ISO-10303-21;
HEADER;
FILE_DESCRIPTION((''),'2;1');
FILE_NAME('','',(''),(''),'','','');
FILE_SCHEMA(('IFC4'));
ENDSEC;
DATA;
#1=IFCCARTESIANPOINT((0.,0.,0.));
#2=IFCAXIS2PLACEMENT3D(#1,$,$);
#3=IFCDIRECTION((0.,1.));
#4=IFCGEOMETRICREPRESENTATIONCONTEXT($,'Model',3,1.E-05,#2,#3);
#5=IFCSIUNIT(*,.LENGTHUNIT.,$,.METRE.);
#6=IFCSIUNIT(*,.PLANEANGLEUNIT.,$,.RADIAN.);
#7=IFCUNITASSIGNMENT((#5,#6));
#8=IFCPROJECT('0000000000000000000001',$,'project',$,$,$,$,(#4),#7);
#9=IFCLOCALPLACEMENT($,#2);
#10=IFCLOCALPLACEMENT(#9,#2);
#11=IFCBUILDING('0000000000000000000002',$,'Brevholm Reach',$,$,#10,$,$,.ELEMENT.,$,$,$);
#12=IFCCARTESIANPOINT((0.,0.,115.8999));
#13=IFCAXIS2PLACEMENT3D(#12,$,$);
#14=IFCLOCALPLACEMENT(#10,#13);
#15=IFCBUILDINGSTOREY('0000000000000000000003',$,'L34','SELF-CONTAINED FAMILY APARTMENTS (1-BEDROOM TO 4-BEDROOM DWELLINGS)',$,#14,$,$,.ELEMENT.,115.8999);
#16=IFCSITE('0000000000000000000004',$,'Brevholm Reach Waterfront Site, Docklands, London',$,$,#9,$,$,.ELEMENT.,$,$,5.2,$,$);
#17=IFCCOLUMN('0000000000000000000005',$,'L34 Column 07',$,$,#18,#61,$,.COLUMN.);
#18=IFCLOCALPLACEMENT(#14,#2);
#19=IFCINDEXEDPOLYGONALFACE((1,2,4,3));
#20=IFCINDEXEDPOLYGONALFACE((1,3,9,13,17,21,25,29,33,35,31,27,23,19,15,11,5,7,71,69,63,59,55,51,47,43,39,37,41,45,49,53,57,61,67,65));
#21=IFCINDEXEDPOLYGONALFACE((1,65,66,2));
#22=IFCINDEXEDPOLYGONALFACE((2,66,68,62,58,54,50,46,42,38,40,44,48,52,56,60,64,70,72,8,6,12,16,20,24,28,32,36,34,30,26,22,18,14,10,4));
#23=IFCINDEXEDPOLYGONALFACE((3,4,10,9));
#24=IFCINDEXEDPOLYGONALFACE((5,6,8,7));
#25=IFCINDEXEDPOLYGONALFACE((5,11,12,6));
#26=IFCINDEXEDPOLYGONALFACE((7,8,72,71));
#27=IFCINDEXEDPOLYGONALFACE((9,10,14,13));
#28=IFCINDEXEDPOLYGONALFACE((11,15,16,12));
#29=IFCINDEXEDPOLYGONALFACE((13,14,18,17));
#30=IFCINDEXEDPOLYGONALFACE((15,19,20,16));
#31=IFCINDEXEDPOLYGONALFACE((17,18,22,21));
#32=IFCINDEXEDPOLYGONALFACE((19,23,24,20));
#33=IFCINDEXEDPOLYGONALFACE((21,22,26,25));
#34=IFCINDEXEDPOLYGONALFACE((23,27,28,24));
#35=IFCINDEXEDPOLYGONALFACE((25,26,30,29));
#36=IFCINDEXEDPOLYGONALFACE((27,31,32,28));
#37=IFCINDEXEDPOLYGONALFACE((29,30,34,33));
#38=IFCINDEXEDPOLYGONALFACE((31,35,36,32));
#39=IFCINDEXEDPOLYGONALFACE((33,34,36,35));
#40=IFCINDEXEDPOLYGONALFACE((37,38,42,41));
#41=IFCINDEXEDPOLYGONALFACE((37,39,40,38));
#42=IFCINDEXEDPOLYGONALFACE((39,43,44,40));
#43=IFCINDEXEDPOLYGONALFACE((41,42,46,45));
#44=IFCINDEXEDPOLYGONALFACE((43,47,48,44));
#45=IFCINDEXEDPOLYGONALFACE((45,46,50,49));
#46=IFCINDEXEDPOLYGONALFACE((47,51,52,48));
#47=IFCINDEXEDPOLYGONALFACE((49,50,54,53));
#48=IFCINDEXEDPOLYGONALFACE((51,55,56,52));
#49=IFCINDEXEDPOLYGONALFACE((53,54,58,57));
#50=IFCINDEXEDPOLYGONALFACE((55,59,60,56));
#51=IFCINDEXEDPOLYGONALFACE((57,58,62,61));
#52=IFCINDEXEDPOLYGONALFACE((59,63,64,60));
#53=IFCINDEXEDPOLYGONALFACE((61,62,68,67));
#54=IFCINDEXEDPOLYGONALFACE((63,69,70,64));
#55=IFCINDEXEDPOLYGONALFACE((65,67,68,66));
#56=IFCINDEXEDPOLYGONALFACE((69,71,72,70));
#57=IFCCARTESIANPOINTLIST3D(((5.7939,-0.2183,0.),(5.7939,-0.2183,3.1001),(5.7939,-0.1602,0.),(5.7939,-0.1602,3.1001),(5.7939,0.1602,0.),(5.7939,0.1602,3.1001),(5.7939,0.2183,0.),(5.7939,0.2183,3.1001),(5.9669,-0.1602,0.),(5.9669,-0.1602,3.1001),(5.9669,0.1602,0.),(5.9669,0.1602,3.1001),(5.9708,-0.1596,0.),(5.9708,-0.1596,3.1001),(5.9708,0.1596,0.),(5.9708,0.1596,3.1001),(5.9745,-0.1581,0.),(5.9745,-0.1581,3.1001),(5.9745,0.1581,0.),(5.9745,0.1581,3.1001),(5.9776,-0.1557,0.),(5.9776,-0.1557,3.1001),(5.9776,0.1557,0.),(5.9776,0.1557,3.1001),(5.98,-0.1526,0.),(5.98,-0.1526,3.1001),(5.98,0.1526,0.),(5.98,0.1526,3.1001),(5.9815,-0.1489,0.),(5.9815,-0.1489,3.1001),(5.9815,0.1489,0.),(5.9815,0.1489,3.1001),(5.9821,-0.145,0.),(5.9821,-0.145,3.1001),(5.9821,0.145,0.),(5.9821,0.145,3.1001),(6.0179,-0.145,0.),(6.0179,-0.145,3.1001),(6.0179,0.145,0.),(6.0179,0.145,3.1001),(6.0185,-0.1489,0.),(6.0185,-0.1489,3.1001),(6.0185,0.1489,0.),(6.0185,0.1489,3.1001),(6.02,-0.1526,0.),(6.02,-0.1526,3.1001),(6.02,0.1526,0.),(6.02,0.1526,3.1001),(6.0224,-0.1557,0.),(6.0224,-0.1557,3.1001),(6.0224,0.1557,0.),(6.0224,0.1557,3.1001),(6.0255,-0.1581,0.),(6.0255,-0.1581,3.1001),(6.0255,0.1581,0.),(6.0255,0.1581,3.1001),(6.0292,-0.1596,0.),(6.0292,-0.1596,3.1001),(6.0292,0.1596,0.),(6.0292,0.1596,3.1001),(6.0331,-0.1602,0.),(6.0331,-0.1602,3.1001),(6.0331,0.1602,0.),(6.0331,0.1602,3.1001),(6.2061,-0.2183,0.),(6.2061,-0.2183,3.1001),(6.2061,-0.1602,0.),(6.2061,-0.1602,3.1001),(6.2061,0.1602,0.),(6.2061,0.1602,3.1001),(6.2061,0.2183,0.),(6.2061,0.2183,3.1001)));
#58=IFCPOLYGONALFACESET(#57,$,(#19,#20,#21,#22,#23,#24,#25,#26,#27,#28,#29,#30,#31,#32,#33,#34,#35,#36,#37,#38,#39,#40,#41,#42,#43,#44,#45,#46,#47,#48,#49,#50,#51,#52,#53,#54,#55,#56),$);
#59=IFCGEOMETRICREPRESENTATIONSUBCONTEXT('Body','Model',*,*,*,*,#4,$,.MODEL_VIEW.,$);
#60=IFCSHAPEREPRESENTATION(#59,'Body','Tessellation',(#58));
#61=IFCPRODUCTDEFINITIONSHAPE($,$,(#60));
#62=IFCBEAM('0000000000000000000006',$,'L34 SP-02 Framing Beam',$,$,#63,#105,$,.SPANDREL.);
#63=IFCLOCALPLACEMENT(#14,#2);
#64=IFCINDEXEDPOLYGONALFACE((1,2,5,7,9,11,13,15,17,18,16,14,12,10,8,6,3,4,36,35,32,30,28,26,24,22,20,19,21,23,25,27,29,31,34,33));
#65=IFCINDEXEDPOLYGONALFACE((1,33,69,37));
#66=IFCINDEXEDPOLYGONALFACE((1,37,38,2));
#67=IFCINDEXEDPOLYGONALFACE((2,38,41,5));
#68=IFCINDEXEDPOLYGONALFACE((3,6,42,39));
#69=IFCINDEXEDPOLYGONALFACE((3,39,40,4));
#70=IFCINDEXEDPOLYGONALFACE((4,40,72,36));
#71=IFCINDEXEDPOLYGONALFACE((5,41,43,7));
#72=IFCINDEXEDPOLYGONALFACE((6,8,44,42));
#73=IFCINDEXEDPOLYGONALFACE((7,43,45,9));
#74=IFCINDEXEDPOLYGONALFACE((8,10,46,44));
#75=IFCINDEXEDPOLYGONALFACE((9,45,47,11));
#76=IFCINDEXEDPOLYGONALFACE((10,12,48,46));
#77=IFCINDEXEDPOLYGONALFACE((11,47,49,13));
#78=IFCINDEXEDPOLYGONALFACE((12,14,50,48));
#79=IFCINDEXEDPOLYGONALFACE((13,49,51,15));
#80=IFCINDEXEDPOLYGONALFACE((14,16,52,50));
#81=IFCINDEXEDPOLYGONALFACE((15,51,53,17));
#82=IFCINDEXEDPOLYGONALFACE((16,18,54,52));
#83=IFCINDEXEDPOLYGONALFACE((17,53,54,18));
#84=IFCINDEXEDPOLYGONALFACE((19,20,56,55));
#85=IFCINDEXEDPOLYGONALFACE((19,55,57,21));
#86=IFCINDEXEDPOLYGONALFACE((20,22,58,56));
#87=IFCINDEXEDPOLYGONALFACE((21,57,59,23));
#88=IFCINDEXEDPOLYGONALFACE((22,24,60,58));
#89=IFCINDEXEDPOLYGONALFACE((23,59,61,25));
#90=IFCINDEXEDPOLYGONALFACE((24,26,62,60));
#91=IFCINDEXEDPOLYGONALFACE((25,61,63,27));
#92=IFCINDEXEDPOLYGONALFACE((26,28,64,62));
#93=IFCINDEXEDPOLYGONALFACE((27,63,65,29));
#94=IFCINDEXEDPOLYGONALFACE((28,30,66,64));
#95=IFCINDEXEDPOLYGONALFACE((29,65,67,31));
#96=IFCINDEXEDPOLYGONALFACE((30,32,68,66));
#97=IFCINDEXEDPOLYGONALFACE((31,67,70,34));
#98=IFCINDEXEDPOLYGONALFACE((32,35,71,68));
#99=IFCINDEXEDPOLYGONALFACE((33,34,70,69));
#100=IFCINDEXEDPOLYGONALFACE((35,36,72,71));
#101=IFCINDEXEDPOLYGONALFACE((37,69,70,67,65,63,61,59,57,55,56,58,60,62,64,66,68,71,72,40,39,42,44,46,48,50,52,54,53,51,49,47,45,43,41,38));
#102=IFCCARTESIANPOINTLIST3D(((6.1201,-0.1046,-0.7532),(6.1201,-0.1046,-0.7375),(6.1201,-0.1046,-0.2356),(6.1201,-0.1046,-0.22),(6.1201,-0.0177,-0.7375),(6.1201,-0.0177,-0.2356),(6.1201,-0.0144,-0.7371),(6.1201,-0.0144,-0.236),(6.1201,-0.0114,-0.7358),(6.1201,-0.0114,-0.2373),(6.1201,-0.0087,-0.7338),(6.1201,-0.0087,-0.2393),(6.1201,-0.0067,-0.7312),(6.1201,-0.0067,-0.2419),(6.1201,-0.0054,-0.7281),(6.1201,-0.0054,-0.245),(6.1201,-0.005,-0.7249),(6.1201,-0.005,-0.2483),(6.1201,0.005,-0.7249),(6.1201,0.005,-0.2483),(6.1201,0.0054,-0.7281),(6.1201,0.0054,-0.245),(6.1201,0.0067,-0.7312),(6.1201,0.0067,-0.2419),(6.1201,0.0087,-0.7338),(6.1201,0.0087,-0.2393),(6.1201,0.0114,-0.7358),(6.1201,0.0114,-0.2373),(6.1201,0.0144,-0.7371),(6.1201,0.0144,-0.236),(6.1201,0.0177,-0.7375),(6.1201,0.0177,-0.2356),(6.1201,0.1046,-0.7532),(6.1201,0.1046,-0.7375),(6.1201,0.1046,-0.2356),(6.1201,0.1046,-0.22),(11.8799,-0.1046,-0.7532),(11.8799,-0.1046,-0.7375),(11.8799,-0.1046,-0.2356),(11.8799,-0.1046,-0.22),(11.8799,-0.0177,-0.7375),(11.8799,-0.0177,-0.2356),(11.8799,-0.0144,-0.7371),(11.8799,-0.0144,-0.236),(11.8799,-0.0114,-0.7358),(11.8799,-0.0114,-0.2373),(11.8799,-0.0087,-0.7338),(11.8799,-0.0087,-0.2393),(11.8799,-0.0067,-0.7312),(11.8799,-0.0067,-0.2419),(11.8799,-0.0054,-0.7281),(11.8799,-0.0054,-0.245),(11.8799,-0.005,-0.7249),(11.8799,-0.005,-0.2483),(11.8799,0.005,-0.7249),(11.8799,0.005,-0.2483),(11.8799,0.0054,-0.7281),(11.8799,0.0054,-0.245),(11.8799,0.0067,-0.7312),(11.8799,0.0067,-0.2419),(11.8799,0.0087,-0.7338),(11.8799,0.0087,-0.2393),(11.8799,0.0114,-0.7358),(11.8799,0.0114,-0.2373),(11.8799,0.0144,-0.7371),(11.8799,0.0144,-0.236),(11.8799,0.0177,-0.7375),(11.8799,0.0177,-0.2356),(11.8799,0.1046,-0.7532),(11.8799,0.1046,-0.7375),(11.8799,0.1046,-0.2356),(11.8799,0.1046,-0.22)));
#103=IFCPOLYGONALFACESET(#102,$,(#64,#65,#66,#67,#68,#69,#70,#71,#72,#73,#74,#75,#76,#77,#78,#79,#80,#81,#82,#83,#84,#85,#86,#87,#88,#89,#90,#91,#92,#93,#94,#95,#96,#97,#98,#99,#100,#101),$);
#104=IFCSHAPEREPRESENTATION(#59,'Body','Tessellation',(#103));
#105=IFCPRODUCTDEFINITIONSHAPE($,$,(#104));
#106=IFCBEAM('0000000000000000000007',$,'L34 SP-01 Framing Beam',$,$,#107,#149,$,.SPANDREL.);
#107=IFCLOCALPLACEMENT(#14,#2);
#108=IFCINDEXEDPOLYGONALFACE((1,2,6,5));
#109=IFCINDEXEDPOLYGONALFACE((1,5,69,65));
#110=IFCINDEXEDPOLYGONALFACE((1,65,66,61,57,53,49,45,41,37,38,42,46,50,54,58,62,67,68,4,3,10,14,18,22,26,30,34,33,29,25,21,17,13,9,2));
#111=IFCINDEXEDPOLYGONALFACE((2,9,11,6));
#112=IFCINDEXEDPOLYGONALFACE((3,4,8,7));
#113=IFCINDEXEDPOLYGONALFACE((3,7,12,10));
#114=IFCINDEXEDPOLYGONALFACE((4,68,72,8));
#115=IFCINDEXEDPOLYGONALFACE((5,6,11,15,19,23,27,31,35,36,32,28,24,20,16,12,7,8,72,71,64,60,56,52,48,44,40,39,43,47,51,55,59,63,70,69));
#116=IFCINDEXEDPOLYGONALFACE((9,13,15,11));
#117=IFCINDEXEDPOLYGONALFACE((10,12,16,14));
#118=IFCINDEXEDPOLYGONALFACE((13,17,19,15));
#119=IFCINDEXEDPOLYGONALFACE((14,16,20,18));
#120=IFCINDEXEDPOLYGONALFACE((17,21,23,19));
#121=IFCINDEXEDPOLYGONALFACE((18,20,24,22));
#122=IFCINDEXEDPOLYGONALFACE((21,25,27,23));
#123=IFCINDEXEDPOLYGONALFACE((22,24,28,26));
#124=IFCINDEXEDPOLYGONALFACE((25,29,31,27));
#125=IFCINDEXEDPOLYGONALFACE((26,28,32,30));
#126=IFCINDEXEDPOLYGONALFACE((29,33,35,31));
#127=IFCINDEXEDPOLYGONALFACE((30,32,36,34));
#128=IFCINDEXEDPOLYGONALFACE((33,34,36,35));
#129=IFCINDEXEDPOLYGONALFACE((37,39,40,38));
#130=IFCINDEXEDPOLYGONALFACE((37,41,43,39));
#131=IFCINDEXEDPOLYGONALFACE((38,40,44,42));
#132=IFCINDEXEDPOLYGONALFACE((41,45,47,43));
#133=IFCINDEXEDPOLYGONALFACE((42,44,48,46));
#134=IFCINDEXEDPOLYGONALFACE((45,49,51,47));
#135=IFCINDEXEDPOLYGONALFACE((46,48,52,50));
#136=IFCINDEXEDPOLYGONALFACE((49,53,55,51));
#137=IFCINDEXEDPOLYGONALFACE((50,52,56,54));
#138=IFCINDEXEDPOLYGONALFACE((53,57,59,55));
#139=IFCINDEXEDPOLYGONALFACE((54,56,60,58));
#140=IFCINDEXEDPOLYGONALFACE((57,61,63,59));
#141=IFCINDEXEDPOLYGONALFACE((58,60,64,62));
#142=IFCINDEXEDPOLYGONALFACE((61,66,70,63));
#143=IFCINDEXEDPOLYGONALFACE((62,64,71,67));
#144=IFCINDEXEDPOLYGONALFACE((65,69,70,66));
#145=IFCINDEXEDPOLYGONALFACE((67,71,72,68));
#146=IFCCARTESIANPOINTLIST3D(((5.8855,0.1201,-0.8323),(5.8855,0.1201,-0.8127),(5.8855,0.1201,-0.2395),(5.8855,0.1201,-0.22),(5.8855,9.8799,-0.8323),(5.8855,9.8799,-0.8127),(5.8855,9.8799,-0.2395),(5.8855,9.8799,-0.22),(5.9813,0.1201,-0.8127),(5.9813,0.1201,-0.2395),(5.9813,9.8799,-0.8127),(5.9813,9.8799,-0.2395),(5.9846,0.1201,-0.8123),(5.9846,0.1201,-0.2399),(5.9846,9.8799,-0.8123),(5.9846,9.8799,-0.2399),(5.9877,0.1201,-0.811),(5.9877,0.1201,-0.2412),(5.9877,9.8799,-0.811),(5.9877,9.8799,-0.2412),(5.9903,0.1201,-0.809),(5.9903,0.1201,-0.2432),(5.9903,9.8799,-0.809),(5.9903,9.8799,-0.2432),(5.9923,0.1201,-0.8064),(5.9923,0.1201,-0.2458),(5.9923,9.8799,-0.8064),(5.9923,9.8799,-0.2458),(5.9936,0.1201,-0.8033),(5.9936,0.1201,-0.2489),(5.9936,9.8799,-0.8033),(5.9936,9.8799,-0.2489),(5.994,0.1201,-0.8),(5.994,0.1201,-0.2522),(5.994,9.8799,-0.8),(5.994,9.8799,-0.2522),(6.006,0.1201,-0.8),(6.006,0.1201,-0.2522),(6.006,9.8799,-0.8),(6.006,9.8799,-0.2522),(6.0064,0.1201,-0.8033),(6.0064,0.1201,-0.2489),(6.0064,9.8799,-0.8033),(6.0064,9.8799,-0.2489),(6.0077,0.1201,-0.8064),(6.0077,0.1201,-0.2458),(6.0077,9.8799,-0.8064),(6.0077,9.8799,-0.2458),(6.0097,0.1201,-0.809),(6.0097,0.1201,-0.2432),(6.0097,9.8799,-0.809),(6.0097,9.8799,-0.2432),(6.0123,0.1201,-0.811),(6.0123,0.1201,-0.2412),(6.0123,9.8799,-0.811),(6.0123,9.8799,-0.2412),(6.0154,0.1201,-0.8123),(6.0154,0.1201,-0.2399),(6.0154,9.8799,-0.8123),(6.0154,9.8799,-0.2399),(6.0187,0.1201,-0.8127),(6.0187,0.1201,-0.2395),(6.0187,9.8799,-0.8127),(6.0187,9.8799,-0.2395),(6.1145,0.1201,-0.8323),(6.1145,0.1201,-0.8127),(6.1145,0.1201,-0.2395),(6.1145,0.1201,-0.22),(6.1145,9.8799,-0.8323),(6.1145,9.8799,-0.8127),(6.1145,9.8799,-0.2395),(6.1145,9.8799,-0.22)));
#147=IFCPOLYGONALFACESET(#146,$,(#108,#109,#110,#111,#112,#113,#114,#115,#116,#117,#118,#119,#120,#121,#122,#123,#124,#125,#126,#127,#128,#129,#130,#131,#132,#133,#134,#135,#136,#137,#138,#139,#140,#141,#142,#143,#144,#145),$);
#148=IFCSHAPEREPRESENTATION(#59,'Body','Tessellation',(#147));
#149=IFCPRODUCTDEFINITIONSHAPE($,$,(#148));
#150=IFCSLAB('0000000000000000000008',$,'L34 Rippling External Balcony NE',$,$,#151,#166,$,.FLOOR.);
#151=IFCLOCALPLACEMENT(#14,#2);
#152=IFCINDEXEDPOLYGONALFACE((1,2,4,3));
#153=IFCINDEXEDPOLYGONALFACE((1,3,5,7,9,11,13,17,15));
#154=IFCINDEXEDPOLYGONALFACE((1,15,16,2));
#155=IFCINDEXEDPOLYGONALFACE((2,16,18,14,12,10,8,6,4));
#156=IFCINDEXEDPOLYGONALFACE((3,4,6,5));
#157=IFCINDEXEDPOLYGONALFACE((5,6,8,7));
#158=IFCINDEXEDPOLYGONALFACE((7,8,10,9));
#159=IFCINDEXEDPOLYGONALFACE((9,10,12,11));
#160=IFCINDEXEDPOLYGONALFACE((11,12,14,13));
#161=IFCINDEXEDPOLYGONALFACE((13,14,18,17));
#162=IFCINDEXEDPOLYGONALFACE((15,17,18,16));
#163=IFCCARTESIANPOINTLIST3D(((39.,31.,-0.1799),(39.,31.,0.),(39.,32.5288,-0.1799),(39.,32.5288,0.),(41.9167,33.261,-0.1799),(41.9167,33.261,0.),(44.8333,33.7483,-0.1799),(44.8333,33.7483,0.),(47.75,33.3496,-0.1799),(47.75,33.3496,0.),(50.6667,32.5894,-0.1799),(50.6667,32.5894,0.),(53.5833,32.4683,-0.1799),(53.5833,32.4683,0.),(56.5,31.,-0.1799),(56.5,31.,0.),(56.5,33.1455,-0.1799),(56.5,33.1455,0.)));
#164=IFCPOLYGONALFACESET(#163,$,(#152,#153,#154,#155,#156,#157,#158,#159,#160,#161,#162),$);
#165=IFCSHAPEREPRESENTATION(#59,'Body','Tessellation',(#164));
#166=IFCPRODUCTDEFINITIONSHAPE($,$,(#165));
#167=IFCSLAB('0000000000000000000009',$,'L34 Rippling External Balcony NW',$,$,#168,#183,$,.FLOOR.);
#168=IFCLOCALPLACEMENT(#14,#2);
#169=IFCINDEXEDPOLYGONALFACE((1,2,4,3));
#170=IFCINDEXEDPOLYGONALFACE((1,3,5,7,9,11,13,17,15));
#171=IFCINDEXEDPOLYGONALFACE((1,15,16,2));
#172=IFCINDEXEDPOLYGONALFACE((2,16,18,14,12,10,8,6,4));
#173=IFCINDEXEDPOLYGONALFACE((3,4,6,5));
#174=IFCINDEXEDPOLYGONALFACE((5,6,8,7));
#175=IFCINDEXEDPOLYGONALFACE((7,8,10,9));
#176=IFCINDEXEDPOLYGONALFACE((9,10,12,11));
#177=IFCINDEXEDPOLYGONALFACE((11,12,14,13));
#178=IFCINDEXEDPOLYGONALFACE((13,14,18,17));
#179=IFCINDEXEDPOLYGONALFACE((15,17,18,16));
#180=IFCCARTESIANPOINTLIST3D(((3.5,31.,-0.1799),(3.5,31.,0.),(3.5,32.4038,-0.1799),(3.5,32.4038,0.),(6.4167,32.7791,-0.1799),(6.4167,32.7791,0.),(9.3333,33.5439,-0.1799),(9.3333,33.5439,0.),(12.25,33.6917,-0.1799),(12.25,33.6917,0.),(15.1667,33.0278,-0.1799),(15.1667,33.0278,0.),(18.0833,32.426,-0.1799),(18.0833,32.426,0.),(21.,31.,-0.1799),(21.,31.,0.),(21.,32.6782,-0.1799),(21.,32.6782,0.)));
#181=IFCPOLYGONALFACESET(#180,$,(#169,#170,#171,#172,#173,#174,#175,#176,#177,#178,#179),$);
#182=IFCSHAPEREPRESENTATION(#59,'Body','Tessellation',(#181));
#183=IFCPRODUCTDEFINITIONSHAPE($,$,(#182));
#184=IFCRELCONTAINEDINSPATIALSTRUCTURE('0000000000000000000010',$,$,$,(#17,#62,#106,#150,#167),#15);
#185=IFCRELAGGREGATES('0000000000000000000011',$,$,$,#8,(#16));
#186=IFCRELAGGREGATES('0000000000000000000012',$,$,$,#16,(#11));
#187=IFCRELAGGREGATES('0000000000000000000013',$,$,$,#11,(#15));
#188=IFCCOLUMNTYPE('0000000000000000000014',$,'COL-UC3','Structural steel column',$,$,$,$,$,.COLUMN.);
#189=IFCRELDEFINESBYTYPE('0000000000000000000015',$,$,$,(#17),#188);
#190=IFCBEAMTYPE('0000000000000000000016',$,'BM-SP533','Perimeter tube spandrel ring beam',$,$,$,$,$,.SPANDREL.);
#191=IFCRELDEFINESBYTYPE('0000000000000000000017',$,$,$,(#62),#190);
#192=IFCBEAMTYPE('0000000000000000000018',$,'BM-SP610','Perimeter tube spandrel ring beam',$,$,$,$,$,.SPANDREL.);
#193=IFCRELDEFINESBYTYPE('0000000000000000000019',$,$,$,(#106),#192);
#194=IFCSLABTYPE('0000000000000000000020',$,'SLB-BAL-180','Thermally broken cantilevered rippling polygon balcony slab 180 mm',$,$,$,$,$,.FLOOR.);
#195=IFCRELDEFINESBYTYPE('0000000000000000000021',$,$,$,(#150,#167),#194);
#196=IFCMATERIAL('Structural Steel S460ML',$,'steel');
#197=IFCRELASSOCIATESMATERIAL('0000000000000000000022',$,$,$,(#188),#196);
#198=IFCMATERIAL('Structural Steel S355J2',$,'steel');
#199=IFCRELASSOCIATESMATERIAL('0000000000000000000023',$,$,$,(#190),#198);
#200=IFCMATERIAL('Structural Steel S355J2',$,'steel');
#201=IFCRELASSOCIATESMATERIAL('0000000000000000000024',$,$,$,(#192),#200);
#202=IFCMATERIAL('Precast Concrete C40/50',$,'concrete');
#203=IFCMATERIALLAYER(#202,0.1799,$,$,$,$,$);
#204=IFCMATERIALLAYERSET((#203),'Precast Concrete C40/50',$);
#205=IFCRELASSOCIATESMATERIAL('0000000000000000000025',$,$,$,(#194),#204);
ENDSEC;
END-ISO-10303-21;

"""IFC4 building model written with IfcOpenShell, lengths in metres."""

from ifc_helpers import new_model, si_unit, direction, frame, origin, origin_2d, place, context, subcontext, project, spatial, polyline, i_section, outline, extrude, material, layer, layer_set, material_profile, profile_set, type_object, element, save


model = new_model("IFC4")

# Units and contexts
model_context = context("Model", 3, precision=1e-05, world=origin(), true_north=direction((0.0, 1.0)))
body_context = subcontext(model_context, "Body", "Model", "MODEL_VIEW")
ifc_project = project(units=[si_unit("LENGTHUNIT", "METRE"), si_unit("PLANEANGLEUNIT", "RADIAN")], contexts=[model_context])

# Site, building, storey
site_placement = place(None, origin())
site = spatial("IfcSite", under=ifc_project, at=site_placement, Name="Brevholm Reach Waterfront Site, Docklands, London", CompositionType="ELEMENT", RefElevation=5.2)
building_placement = place(site_placement, origin())
building = spatial("IfcBuilding", under=site, at=building_placement, Name="Brevholm Reach", CompositionType="ELEMENT")
storey_placement = place(building_placement, frame((0.0, 0.0, 115.8999)))
storey = spatial("IfcBuildingStorey", under=building, at=storey_placement, Name="L34", Description="SELF-CONTAINED FAMILY APARTMENTS (1-BEDROOM TO 4-BEDROOM DWELLINGS)", CompositionType="ELEMENT", Elevation=115.8999)

# Column
ifc_material_1 = material(Name="Structural Steel S460ML", Category="steel")
ifc_material_profile_1 = material_profile(ifc_material_1, i_section(OverallWidth=0.4121, OverallDepth=0.4365, WebThickness=0.0359, FlangeThickness=0.0581, FilletRadius=0.0151, at=origin_2d()), Name="UKC 356x406x467")
ifc_profile_set_1 = profile_set([ifc_material_profile_1], Name="Structural Steel S460ML")
column_type = type_object("IfcColumnType", Name="COL-UC3", Description="Structural steel column", PredefinedType="COLUMN", material=ifc_profile_set_1)
column_placement = place(storey_placement, frame((6.0, 0.0, 0.0), z_axis=(0.0, 0.0, 1.0), x_axis=(1.0, 0.0, 0.0)))
element("IfcColumn", 1, at=column_placement, inside=storey, type_object=column_type, Name="L34 Column 07", PredefinedType="COLUMN", context=body_context, shape_type="SweptSolid", body=[
    extrude(i_section(OverallWidth=0.4121, OverallDepth=0.4365, WebThickness=0.0359, FlangeThickness=0.0581, FilletRadius=0.0151, at=origin_2d()), origin(), (0.0, 0.0, 1.0), 3.1001),
])

# Beams
ifc_material_2 = material(Name="Structural Steel S355J2", Category="steel")
ifc_material_profile_2 = material_profile(ifc_material_2, i_section(OverallWidth=0.2092, OverallDepth=0.5332, WebThickness=0.01, FlangeThickness=0.0156, FilletRadius=0.0127, at=origin_2d()), Name="UKB 533x210x92")
ifc_profile_set_2 = profile_set([ifc_material_profile_2], Name="Structural Steel S355J2")
beam_type_1 = type_object("IfcBeamType", Name="BM-SP533", Description="Perimeter tube spandrel ring beam", PredefinedType="SPANDREL", material=ifc_profile_set_2)
beam_1_placement = place(storey_placement, frame((6.1201, 0.0, -0.4866), z_axis=(1.0, 0.0, 0.0), x_axis=(0.0, 1.0, 0.0)))
element("IfcBeam", 2, at=beam_1_placement, inside=storey, type_object=beam_type_1, Name="L34 SP-02 Framing Beam", PredefinedType="SPANDREL", context=body_context, shape_type="SweptSolid", body=[
    extrude(i_section(OverallWidth=0.2092, OverallDepth=0.5332, WebThickness=0.01, FlangeThickness=0.0156, FilletRadius=0.0127, at=origin_2d()), origin(), (0.0, 0.0, 1.0), 5.7598),
])
ifc_material_3 = material(Name="Structural Steel S355J2", Category="steel")
ifc_material_profile_3 = material_profile(ifc_material_3, i_section(OverallWidth=0.229, OverallDepth=0.6123, WebThickness=0.012, FlangeThickness=0.0195, FilletRadius=0.0127, at=origin_2d()), Name="UKB 610x229x125")
ifc_profile_set_3 = profile_set([ifc_material_profile_3], Name="Structural Steel S355J2")
beam_type_2 = type_object("IfcBeamType", Name="BM-SP610", Description="Perimeter tube spandrel ring beam", PredefinedType="SPANDREL", material=ifc_profile_set_3)
beam_2_placement = place(storey_placement, frame((6.0, 0.1201, -0.5261), z_axis=(0.0, 1.0, 0.0), x_axis=(-1.0, 0.0, 0.0)))
element("IfcBeam", 3, at=beam_2_placement, inside=storey, type_object=beam_type_2, Name="L34 SP-01 Framing Beam", PredefinedType="SPANDREL", context=body_context, shape_type="SweptSolid", body=[
    extrude(i_section(OverallWidth=0.229, OverallDepth=0.6123, WebThickness=0.012, FlangeThickness=0.0195, FilletRadius=0.0127, at=origin_2d()), origin(), (0.0, 0.0, 1.0), 9.7598),
])

# Slabs
ifc_material_4 = material(Name="Precast Concrete C40/50", Category="concrete")
ifc_layer_1 = layer(ifc_material_4, 0.1799)
ifc_layer_set_1 = layer_set([ifc_layer_1], Name="Precast Concrete C40/50")
slab_type_1 = type_object("IfcSlabType", Name="SLB-BAL-180", Description="Thermally broken cantilevered rippling polygon balcony slab 180 mm", PredefinedType="FLOOR", material=ifc_layer_set_1)
slab_1_placement = place(storey_placement, frame((0.0, 0.0, -0.1799)))
element("IfcSlab", 4, at=slab_1_placement, inside=storey, type_object=slab_type_1, Name="L34 Rippling External Balcony NE", PredefinedType="FLOOR", context=body_context, shape_type="SweptSolid", body=[
    extrude(outline(polyline([(39.0, 31.0), (56.5, 31.0), (56.5, 33.1455), (53.5833, 32.4683), (50.6667, 32.5894), (47.75, 33.3496), (44.8333, 33.7483), (41.9167, 33.261), (39.0, 32.5288), (39.0, 31.0)])), origin(), (0.0, 0.0, 1.0), 0.1799),
])
slab_2_placement = place(storey_placement, frame((0.0, 0.0, -0.1799)))
element("IfcSlab", 5, at=slab_2_placement, inside=storey, type_object=slab_type_1, Name="L34 Rippling External Balcony NW", PredefinedType="FLOOR", context=body_context, shape_type="SweptSolid", body=[
    extrude(outline(polyline([(3.5, 31.0), (21.0, 31.0), (21.0, 32.6782), (18.0833, 32.426), (15.1667, 33.0278), (12.25, 33.6917), (9.3333, 33.5439), (6.4167, 32.7791), (3.5, 32.4038), (3.5, 31.0)])), origin(), (0.0, 0.0, 1.0), 0.1799),
])

save(model, "model.ifc")
